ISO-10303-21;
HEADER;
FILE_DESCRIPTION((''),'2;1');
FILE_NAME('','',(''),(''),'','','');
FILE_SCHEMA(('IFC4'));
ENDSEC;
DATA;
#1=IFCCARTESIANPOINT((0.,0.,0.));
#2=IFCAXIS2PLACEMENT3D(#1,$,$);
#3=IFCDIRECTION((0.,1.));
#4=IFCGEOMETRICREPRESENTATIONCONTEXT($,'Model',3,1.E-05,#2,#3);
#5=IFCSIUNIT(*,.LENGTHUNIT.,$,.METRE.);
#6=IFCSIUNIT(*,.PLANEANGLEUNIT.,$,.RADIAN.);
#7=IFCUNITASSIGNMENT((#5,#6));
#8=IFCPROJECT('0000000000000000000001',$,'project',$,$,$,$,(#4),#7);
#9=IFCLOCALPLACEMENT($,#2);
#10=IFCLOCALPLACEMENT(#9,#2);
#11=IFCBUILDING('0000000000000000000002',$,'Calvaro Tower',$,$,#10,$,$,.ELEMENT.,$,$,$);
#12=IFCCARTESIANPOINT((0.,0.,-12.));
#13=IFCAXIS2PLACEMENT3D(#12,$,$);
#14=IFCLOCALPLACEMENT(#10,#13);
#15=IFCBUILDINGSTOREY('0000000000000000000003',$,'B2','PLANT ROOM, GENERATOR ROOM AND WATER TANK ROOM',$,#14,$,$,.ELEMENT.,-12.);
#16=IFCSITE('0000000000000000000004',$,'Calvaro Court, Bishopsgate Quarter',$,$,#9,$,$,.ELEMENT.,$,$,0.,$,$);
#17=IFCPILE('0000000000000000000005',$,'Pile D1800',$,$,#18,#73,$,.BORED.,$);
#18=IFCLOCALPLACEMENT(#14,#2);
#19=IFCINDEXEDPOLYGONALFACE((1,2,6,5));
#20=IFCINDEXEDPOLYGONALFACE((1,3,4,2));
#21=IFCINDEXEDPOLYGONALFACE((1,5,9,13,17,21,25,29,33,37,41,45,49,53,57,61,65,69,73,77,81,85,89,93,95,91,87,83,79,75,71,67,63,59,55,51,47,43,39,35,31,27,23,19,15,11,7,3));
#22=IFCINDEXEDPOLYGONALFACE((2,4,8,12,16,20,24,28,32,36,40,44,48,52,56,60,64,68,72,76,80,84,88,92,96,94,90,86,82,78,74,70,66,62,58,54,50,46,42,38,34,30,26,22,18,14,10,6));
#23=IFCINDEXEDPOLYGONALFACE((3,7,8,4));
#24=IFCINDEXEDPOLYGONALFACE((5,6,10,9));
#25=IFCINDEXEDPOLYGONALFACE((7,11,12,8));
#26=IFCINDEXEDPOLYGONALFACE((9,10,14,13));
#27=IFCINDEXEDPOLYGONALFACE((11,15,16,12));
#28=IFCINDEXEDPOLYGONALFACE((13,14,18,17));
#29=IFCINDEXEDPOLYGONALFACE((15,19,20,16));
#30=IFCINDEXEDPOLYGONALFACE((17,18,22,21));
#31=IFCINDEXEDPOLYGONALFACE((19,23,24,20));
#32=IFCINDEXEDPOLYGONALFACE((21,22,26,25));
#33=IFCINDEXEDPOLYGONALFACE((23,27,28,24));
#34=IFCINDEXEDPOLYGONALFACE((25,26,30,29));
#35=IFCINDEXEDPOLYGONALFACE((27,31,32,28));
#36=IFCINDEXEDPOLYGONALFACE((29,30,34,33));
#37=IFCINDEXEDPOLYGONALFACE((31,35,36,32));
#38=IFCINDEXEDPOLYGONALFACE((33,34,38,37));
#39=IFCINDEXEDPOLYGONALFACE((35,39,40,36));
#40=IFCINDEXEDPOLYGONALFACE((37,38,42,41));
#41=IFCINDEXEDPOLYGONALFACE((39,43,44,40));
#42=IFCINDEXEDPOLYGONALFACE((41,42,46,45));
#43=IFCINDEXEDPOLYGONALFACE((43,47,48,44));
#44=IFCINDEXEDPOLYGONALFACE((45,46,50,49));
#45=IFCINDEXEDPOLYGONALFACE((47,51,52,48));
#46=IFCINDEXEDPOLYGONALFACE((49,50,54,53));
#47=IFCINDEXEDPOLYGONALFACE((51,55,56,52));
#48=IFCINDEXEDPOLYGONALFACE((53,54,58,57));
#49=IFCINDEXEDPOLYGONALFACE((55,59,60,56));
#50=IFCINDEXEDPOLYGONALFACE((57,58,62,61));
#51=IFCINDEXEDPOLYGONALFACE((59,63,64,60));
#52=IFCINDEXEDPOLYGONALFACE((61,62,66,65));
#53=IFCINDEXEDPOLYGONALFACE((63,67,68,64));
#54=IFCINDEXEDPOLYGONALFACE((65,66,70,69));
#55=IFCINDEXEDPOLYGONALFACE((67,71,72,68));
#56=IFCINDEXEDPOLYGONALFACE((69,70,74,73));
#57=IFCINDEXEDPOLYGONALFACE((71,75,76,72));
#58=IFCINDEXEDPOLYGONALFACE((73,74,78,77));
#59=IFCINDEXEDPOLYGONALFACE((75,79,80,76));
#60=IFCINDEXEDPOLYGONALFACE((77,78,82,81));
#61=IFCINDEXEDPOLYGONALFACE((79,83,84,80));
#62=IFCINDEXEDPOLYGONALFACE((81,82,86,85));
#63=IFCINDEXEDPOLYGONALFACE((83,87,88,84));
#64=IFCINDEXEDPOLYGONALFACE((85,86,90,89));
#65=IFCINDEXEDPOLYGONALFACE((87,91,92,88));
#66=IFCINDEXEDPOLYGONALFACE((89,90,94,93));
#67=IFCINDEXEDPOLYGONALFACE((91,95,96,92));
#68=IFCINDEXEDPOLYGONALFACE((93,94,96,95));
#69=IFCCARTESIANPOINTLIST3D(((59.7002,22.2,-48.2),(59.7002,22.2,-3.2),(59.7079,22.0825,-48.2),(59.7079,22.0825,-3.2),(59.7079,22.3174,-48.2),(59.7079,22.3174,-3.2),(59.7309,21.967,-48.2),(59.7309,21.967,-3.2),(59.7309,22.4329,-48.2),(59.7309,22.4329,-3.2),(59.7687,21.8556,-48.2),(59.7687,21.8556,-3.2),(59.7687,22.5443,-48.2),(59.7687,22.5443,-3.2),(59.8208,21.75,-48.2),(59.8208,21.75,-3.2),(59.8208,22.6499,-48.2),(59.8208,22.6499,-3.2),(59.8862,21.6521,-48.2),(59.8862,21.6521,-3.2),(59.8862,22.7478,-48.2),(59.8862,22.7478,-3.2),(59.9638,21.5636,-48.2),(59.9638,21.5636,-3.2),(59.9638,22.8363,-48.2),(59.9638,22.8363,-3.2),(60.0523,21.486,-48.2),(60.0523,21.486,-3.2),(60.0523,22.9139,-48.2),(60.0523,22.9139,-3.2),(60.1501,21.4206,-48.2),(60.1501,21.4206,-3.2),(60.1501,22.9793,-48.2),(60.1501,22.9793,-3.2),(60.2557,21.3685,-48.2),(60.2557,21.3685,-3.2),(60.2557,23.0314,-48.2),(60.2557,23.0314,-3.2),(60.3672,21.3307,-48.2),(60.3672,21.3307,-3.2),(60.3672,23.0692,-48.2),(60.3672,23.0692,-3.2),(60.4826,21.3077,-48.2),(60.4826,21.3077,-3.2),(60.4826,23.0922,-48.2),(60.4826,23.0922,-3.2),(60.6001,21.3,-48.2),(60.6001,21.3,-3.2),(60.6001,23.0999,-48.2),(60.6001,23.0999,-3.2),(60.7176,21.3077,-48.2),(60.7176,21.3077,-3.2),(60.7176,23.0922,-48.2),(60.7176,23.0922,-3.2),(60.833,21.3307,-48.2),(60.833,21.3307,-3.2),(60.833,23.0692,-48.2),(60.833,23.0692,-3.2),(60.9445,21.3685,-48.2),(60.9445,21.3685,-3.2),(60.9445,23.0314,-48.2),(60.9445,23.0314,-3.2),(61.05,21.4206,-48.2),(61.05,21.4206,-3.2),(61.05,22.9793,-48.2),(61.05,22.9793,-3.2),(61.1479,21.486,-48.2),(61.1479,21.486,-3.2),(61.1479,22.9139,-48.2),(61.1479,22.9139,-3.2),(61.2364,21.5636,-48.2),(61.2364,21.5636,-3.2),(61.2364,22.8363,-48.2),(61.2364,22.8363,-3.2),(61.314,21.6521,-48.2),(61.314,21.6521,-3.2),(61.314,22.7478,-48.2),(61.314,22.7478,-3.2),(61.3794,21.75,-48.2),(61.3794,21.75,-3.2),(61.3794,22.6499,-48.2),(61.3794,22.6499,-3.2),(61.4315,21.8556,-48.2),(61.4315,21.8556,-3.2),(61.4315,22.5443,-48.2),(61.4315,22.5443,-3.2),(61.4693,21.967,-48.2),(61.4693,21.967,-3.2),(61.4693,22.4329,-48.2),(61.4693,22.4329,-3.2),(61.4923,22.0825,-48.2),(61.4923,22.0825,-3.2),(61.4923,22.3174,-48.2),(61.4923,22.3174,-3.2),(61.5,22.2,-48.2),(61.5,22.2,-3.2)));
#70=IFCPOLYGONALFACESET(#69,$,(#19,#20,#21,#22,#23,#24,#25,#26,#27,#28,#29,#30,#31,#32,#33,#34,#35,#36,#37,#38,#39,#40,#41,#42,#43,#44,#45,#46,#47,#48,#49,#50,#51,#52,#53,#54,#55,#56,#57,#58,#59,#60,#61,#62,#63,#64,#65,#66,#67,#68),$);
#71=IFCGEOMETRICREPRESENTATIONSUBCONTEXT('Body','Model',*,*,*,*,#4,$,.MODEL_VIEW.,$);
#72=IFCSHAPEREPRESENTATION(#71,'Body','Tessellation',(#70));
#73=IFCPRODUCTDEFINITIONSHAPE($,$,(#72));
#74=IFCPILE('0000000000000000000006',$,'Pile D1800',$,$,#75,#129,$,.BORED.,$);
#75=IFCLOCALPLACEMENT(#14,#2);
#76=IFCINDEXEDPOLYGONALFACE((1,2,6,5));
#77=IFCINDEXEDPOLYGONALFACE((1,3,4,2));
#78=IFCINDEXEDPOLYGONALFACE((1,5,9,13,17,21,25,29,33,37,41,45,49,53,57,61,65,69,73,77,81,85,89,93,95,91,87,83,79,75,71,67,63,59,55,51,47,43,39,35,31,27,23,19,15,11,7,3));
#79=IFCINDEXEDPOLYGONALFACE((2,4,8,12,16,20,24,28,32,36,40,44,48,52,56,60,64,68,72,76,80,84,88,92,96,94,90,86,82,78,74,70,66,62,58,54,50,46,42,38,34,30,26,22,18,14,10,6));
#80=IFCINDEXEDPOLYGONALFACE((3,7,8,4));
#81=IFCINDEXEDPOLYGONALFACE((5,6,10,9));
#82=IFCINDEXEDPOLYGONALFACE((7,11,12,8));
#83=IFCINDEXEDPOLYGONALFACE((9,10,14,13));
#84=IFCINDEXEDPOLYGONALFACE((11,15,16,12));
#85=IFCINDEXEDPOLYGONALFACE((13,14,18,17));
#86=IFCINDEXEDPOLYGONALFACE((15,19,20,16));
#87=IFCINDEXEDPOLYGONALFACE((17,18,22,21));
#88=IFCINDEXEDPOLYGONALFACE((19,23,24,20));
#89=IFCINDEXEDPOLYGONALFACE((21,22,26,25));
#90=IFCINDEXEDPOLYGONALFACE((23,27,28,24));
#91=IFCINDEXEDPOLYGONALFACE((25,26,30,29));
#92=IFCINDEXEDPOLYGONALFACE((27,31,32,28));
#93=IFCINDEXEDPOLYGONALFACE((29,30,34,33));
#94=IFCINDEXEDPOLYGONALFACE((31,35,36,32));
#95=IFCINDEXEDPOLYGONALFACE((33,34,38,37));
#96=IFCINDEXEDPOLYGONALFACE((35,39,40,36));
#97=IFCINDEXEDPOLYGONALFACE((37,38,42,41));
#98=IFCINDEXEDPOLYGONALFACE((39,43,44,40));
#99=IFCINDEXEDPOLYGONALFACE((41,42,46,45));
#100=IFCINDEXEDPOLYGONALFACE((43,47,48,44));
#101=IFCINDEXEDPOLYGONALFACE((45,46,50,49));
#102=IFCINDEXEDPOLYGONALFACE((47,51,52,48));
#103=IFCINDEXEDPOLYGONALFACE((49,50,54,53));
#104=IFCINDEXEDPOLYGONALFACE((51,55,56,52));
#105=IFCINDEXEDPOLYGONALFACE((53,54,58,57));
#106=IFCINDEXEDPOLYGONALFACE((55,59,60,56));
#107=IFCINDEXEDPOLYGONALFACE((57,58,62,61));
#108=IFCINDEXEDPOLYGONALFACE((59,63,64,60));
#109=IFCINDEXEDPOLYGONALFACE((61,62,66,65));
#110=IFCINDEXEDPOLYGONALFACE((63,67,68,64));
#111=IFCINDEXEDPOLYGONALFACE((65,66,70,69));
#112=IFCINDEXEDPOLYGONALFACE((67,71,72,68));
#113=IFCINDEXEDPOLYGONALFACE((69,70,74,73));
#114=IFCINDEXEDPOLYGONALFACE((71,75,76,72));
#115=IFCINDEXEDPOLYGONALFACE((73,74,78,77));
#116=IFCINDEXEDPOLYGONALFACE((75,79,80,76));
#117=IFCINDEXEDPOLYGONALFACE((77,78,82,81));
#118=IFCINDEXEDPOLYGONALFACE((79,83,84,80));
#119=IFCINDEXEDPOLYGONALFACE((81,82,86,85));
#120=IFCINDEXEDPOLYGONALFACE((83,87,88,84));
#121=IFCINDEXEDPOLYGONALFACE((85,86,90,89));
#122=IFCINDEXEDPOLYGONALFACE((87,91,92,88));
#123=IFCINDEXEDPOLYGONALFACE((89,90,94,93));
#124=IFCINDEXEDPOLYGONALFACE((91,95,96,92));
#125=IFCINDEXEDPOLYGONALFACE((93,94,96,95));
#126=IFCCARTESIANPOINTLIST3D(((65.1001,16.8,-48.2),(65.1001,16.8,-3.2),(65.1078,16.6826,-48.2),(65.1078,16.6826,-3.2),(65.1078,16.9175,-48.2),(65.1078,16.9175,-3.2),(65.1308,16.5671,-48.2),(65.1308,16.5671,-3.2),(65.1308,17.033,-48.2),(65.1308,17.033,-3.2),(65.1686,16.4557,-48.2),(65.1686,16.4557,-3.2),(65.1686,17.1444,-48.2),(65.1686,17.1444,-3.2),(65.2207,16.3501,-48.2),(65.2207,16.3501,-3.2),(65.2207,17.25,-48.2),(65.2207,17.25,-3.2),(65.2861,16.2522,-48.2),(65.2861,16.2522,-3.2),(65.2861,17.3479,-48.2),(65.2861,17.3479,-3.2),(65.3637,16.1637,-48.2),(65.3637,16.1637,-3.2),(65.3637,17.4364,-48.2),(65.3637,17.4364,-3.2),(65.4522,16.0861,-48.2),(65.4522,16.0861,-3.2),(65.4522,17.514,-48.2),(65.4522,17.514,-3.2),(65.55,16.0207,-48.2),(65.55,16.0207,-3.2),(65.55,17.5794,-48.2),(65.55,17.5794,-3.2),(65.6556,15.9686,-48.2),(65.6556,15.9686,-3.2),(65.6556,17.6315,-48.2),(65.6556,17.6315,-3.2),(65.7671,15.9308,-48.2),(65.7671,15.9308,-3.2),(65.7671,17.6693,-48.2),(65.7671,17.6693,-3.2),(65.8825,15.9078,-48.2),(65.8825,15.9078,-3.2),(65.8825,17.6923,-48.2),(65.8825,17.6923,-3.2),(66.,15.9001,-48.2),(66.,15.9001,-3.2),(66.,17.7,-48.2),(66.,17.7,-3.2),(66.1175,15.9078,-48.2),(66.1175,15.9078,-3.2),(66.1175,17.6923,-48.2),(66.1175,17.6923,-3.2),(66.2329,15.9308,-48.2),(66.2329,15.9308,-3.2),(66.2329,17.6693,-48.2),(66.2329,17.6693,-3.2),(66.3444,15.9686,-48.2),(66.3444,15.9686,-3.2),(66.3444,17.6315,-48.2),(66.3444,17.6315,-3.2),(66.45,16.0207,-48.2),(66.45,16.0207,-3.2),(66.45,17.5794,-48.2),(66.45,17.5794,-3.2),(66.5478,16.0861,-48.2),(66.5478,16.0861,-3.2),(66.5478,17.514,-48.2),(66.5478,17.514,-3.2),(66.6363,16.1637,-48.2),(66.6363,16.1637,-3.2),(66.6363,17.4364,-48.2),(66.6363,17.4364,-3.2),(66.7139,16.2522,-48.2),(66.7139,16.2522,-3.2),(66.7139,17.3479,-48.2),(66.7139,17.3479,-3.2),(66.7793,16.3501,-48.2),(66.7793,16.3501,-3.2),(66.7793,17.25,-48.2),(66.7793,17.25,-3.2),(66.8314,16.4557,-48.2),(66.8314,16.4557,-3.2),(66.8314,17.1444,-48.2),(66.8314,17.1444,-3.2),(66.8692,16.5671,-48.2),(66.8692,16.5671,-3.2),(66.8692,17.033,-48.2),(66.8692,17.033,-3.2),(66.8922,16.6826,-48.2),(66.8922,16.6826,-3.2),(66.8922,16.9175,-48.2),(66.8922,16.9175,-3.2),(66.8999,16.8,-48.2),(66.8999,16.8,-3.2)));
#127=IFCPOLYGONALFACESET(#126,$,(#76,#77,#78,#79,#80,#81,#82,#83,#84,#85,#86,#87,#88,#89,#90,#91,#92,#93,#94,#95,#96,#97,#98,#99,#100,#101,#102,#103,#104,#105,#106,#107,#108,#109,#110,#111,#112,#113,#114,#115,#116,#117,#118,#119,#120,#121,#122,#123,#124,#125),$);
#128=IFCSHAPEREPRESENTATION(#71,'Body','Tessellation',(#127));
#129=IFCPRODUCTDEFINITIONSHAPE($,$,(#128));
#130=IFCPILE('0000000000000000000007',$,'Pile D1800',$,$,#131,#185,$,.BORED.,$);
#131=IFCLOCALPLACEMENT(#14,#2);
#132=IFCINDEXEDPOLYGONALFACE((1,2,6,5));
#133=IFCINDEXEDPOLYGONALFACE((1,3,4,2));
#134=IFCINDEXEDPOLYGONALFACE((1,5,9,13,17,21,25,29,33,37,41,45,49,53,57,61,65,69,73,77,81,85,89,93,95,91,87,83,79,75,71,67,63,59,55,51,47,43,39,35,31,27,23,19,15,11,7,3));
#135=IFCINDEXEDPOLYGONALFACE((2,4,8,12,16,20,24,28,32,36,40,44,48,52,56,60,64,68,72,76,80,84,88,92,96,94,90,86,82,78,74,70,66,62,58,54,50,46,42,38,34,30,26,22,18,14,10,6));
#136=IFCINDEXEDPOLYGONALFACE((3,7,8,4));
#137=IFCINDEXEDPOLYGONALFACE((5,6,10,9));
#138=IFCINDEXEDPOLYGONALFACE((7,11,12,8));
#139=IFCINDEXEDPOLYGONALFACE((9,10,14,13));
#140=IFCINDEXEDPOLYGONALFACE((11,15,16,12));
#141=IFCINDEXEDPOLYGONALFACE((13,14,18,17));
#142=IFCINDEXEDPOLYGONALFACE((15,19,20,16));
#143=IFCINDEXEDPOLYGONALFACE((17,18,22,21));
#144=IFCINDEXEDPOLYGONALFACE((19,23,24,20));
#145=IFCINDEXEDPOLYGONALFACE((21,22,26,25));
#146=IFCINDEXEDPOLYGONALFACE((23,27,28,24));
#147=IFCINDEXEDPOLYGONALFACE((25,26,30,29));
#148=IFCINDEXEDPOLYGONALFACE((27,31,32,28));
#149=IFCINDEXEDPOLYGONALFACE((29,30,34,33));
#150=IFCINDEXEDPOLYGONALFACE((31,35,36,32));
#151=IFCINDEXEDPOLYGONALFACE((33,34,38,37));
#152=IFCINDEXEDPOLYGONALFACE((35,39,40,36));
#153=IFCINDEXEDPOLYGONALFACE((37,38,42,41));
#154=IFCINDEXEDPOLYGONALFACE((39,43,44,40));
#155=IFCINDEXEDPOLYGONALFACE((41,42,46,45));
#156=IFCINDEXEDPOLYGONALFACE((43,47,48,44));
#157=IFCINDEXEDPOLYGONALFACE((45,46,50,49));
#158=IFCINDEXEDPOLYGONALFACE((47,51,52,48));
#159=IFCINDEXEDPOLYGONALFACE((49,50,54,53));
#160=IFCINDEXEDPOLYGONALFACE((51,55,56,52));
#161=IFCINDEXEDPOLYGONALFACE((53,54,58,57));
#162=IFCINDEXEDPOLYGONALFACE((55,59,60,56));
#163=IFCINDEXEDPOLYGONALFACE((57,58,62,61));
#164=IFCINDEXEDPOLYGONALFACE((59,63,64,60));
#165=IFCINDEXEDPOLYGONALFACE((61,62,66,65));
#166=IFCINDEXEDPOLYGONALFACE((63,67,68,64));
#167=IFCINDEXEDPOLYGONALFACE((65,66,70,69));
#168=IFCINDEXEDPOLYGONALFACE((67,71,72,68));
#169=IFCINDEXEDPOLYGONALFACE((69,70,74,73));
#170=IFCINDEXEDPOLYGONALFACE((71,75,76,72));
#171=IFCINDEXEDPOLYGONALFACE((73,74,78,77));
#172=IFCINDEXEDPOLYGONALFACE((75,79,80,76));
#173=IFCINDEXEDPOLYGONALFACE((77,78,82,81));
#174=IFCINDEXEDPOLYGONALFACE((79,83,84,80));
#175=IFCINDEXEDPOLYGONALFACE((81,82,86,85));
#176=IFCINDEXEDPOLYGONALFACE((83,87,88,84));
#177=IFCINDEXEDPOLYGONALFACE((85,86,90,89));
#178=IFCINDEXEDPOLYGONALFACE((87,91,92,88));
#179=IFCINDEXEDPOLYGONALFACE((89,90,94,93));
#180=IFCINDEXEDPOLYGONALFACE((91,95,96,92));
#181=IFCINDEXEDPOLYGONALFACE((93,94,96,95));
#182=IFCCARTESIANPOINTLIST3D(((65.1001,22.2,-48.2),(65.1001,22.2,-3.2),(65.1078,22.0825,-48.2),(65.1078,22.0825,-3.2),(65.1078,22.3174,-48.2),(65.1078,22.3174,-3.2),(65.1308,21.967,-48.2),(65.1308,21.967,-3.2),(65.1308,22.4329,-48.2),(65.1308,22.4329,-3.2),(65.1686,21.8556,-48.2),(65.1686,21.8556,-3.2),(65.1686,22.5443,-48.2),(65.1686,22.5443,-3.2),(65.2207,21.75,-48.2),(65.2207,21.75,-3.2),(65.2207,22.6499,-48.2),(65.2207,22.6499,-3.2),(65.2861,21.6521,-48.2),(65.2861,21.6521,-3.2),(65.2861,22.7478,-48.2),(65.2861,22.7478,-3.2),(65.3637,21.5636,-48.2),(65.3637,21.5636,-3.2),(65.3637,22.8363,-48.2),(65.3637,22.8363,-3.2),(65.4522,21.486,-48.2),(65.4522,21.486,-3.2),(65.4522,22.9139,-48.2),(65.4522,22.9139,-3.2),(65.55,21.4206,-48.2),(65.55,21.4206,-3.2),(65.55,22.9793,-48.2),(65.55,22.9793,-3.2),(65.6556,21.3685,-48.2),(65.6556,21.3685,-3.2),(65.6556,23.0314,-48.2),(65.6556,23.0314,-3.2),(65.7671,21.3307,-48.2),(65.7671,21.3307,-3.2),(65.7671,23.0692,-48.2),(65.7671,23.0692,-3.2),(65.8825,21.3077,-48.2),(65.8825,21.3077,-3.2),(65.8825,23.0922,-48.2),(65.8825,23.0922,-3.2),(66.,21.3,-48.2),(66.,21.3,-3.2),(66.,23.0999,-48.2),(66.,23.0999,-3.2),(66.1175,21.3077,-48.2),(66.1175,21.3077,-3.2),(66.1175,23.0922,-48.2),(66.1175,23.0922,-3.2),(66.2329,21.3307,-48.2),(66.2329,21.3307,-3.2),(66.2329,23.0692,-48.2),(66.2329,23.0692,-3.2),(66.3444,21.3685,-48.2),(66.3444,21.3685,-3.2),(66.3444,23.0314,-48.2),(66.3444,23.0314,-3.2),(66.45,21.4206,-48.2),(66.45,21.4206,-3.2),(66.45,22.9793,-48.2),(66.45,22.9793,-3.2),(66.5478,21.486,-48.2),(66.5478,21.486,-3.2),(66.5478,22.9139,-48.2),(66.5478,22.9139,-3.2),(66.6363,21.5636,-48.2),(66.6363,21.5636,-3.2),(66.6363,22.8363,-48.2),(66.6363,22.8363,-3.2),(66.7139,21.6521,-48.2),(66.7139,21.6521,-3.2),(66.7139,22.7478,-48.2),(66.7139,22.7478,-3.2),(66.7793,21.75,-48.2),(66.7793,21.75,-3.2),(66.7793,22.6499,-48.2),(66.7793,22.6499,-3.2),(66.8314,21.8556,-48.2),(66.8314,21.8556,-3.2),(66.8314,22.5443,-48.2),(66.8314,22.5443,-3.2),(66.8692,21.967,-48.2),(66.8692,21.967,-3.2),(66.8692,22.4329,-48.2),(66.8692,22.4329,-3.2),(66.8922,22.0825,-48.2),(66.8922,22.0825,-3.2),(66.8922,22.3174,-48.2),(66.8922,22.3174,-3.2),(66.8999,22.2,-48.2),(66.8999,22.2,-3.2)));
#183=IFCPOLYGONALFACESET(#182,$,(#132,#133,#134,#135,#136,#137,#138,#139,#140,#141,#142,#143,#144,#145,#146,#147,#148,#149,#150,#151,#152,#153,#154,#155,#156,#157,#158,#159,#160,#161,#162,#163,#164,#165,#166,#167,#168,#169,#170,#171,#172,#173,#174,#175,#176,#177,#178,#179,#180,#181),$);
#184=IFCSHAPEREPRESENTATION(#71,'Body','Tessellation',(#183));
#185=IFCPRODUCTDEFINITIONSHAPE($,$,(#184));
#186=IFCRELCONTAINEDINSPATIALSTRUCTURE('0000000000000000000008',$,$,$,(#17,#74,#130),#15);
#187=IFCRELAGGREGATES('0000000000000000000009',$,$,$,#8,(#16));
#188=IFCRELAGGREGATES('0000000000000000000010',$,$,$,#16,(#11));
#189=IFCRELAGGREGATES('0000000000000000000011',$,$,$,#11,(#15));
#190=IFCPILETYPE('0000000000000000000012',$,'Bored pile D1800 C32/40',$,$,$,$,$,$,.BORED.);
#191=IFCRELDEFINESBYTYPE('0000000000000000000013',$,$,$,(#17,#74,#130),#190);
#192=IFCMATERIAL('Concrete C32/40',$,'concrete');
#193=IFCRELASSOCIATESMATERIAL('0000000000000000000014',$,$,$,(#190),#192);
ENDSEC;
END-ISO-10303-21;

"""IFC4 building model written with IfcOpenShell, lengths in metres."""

from ifc_helpers import new_model, si_unit, direction, frame, origin, origin_2d, place, context, subcontext, project, spatial, circle, extrude, material, material_profile, profile_set, type_object, element, save


model = new_model("IFC4")

# Units and contexts
model_context = context("Model", 3, precision=1e-05, world=origin(), true_north=direction((0.0, 1.0)))
body_context = subcontext(model_context, "Body", "Model", "MODEL_VIEW")
ifc_project = project(units=[si_unit("LENGTHUNIT", "METRE"), si_unit("PLANEANGLEUNIT", "RADIAN")], contexts=[model_context])

# Site, building, storey
site_placement = place(None, origin())
site = spatial("IfcSite", under=ifc_project, at=site_placement, Name="Calvaro Court, Bishopsgate Quarter", CompositionType="ELEMENT", RefElevation=0.0)
building_placement = place(site_placement, origin())
building = spatial("IfcBuilding", under=site, at=building_placement, Name="Calvaro Tower", CompositionType="ELEMENT")
storey_placement = place(building_placement, frame((0.0, 0.0, -12.0)))
storey = spatial("IfcBuildingStorey", under=building, at=storey_placement, Name="B2", Description="PLANT ROOM, GENERATOR ROOM AND WATER TANK ROOM", CompositionType="ELEMENT", Elevation=-12.0)

# Piles
ifc_material_1 = material(Name="Concrete C32/40", Category="concrete")
ifc_material_profile_1 = material_profile(ifc_material_1, circle(Radius=0.8999, at=origin_2d()), Name="Bored pile D1800")
ifc_profile_set_1 = profile_set([ifc_material_profile_1], Name="Concrete C32/40")
pile_type = type_object("IfcPileType", Name="Bored pile D1800 C32/40", PredefinedType="BORED", material=ifc_profile_set_1)
for number, where, z_axis, x_axis, name in (
    (1, (60.6001, 22.2, -3.2), (0.0, 0.0, -1.0), (1.0, 0.0, 0.0), "Pile D1800"),
    (2, (66.0, 16.8, -3.2), (0.0, 0.0, -1.0), (1.0, 0.0, 0.0), "Pile D1800"),
    (3, (66.0, 22.2, -3.2), (0.0, 0.0, -1.0), (1.0, 0.0, 0.0), "Pile D1800"),
):
    element("IfcPile", number, at=place(storey_placement, frame(where, z_axis=z_axis, x_axis=x_axis)), inside=storey, type_object=pile_type, Name=name, PredefinedType="BORED", context=body_context, shape_type="SweptSolid", body=[
        extrude(circle(Radius=0.8999, at=origin_2d()), origin(), (0.0, 0.0, 1.0), 45.0),
    ])

save(model, "model.ifc")
